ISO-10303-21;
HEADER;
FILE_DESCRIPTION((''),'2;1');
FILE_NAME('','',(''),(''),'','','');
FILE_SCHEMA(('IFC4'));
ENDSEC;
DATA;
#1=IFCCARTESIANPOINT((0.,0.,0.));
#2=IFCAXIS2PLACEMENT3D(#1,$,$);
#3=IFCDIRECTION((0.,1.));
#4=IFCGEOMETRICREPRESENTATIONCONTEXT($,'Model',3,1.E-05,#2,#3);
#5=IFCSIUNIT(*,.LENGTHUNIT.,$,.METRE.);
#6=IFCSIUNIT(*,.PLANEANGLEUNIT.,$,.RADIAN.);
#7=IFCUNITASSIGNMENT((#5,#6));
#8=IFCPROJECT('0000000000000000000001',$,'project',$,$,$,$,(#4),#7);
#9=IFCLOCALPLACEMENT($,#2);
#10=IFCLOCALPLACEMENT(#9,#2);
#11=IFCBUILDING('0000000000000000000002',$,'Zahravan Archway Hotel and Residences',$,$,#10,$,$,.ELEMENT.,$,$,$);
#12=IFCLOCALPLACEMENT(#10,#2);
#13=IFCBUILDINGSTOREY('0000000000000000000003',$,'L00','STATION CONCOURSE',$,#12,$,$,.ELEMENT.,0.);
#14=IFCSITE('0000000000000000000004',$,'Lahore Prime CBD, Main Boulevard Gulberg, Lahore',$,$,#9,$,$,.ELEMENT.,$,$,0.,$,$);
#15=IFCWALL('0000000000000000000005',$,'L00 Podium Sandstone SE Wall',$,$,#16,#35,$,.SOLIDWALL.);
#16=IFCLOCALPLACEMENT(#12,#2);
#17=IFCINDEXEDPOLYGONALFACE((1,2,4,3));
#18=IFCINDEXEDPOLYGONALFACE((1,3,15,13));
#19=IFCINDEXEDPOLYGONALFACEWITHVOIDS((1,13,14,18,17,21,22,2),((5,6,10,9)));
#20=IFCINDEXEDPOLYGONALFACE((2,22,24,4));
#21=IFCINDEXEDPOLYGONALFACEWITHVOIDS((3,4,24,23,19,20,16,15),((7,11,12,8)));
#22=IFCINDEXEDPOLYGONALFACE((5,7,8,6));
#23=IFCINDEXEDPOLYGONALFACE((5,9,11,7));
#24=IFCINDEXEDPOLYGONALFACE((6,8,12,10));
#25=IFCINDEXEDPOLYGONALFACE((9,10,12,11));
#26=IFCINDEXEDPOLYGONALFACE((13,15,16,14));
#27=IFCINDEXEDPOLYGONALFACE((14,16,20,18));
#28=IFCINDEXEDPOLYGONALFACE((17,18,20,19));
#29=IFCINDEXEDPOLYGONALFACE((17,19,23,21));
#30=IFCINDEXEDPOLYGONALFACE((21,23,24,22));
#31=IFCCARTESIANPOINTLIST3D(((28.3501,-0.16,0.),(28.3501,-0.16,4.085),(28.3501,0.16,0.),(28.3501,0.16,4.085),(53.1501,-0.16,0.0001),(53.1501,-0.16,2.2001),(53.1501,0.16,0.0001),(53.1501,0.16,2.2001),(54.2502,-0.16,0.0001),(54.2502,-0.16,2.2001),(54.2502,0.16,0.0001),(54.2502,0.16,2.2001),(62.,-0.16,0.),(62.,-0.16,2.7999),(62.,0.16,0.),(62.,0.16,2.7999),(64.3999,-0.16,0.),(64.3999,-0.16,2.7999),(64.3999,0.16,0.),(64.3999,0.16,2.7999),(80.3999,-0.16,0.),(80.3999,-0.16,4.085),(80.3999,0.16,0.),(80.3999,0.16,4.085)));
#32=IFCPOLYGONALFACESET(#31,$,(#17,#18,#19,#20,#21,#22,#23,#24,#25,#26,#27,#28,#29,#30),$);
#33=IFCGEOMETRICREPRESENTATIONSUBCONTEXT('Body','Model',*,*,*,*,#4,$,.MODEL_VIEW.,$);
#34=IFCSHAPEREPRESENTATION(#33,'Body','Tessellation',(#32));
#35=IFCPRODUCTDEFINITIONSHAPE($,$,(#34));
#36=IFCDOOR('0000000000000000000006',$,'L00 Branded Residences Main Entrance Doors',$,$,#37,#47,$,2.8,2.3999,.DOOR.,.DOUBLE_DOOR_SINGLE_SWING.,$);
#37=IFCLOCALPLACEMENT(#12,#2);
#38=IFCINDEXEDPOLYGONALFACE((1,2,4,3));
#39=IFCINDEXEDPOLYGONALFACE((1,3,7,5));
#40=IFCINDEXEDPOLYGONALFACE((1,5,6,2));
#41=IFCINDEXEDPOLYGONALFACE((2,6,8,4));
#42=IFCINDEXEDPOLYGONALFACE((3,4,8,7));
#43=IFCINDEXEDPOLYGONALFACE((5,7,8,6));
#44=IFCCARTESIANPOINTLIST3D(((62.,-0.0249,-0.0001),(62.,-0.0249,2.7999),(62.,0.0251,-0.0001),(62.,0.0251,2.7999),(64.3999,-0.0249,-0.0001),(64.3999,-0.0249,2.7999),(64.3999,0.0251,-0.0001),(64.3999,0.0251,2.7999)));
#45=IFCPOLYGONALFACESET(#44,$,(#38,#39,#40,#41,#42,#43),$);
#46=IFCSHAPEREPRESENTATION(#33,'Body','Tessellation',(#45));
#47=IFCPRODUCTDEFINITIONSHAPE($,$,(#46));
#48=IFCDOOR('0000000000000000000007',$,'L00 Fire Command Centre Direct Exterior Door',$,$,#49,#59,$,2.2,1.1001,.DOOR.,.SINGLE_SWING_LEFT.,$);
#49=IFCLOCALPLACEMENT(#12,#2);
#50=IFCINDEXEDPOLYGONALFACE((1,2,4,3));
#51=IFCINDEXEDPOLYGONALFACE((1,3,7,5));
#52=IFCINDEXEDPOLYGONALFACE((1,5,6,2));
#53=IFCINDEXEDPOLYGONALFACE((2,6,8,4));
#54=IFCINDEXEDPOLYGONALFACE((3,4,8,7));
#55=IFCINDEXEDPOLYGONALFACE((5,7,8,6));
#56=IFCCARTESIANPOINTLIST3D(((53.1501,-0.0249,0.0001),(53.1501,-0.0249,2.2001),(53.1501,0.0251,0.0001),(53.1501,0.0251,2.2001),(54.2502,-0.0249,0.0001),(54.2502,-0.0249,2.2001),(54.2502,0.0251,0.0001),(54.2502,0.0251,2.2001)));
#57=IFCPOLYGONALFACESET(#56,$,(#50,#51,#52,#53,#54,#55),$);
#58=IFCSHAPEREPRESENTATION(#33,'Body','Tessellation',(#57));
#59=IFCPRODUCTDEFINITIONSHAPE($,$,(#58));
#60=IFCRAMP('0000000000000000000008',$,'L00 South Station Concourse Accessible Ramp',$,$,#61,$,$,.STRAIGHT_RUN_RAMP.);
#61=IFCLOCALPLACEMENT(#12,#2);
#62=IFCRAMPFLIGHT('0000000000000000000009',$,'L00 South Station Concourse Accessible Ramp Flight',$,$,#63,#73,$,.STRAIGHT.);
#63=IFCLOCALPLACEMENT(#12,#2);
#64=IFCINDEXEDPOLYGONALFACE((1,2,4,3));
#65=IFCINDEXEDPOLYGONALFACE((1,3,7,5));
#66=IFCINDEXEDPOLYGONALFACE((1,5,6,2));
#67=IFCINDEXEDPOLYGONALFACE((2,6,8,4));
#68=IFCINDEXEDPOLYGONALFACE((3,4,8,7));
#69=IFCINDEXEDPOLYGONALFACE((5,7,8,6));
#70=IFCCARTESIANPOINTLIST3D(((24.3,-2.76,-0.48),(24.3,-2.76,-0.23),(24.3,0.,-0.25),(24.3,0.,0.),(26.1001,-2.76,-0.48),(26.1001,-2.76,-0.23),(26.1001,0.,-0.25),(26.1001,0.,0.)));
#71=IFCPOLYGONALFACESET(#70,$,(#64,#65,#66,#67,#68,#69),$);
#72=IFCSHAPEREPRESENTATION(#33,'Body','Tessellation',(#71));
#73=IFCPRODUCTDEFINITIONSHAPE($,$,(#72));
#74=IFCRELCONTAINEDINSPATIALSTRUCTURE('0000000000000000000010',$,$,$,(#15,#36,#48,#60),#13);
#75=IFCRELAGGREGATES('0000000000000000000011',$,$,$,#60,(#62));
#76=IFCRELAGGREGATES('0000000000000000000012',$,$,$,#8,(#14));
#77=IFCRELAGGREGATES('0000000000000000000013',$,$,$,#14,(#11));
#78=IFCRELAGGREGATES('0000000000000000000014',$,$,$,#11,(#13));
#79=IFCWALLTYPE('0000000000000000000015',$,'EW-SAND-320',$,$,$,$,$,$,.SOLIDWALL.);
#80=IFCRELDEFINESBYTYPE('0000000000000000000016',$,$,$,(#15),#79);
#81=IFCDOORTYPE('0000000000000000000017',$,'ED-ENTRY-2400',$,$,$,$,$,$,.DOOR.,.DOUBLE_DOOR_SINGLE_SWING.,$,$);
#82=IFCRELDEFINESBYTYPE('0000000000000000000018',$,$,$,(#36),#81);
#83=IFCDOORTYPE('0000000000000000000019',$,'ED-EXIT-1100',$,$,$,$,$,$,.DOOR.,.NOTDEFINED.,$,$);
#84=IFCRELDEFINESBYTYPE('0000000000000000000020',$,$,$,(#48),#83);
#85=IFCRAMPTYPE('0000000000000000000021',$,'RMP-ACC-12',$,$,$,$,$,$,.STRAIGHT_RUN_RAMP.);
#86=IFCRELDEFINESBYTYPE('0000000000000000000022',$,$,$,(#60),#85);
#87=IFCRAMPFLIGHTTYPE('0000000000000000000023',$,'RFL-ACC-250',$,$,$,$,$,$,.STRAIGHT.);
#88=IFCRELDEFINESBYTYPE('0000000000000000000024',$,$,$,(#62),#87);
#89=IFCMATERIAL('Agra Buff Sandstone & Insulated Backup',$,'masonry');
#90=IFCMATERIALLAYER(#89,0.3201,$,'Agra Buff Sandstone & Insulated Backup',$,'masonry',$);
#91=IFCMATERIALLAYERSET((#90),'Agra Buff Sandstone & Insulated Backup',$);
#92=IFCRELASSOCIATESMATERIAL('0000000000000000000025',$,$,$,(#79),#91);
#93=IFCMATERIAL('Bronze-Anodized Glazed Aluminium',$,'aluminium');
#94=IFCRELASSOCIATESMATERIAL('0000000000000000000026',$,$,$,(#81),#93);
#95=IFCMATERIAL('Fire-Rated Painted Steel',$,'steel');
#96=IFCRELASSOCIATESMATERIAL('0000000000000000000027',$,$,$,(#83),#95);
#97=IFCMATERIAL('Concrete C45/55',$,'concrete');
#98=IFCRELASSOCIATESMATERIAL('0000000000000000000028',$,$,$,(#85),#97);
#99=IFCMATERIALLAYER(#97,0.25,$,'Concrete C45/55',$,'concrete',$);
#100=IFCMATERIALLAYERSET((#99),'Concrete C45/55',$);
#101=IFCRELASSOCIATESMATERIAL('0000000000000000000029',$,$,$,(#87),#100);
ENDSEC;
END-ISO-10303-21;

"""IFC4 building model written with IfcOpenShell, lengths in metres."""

from ifc_helpers import new_model, si_unit, direction, frame, frame_2d, origin, place, context, subcontext, project, spatial, polyline, rectangle, outline, extrude, source, transform, mapped, material, layer, layer_set, type_object, type_shapes, element, fill, aggregate, save


model = new_model("IFC4")

# Units and contexts
model_context = context("Model", 3, precision=1e-05, world=origin(), true_north=direction((0.0, 1.0)))
body_context = subcontext(model_context, "Body", "Model", "MODEL_VIEW")
ifc_project = project(units=[si_unit("LENGTHUNIT", "METRE"), si_unit("PLANEANGLEUNIT", "RADIAN")], contexts=[model_context])

# Site, building, storey
site_placement = place(None, origin())
site = spatial("IfcSite", under=ifc_project, at=site_placement, Name="Lahore Prime CBD, Main Boulevard Gulberg, Lahore", CompositionType="ELEMENT", RefElevation=0.0)
building_placement = place(site_placement, origin())
building = spatial("IfcBuilding", under=site, at=building_placement, Name="Zahravan Archway Hotel and Residences", CompositionType="ELEMENT")
storey_placement = place(building_placement, origin())
storey = spatial("IfcBuildingStorey", under=building, at=storey_placement, Name="L00", Description="STATION CONCOURSE", CompositionType="ELEMENT", Elevation=0.0)

# Shared definitions
ifc_material_1 = material(Name="Concrete C45/55", Category="concrete")

# Wall, openings, doors
ifc_material_2 = material(Name="Agra Buff Sandstone & Insulated Backup", Category="masonry")
ifc_layer_1 = layer(ifc_material_2, 0.3201, Name="Agra Buff Sandstone & Insulated Backup", Category="masonry")
ifc_layer_set_1 = layer_set([ifc_layer_1], Name="Agra Buff Sandstone & Insulated Backup")
wall_type = type_object("IfcWallType", Name="EW-SAND-320", PredefinedType="SOLIDWALL", material=ifc_layer_set_1)
wall_placement = place(storey_placement, frame((28.3501, 0.0, 0.0), z_axis=(0.0, 0.0, 1.0), x_axis=(1.0, 0.0, 0.0)))
wall = element("IfcWall", 1, at=wall_placement, inside=storey, type_object=wall_type, Name="L00 Podium Sandstone SE Wall", PredefinedType="SOLIDWALL", context=body_context, shape_type="SweptSolid", body=[
    extrude(rectangle(XDim=52.0498, YDim=0.3201, at=frame_2d((26.0249, 0.0))), origin(), (0.0, 0.0, 1.0), 4.085),
])
opening_1_placement = place(wall_placement, frame((24.8, 0.0, 0.0)))
opening_1 = element("IfcOpeningElement", 2, at=opening_1_placement, cuts=wall, PredefinedType="OPENING", context=body_context, shape_type="SweptSolid", body=[
    extrude(rectangle(XDim=1.1001, YDim=2.2, at=frame_2d((0.55, 1.1001))), frame((0.0, 0.1699, 0.0), z_axis=(0.0, -1.0, 0.0), x_axis=(1.0, 0.0, 0.0)), (0.0, 0.0, 1.0), 0.3401),
])
opening_2_placement = place(wall_placement, frame((33.6499, 0.0, 0.0)))
opening_2 = element("IfcOpeningElement", 3, at=opening_2_placement, cuts=wall, PredefinedType="OPENING", context=body_context, shape_type="SweptSolid", body=[
    extrude(rectangle(XDim=2.3999, YDim=2.8, at=frame_2d((1.2, 1.3999))), frame((0.0, 0.1699, 0.0), z_axis=(0.0, -1.0, 0.0), x_axis=(1.0, 0.0, 0.0)), (0.0, 0.0, 1.0), 0.3401),
])
ifc_material_3 = material(Name="Bronze-Anodized Glazed Aluminium", Category="aluminium")
door_type_1 = type_object("IfcDoorType", Name="ED-ENTRY-2400", OperationType="DOUBLE_DOOR_SINGLE_SWING", PredefinedType="DOOR", material=ifc_material_3)
shared_shape_1 = source(origin(), body_context, "Body", "SweptSolid", [
    extrude(rectangle(XDim=2.3999, YDim=2.8, at=frame_2d((1.2, 1.3999))), frame((0.0, 0.0249, 0.0), z_axis=(0.0, -1.0, 0.0), x_axis=(1.0, 0.0, 0.0)), (0.0, 0.0, 1.0), 0.05),
])
type_shapes(door_type_1, [shared_shape_1])
door_1_placement = place(opening_2_placement, frame((2.3999, 0.0, 0.0), z_axis=(0.0, 0.0, 1.0), x_axis=(-1.0, 0.0, 0.0)))
door_1 = element("IfcDoor", 4, at=door_1_placement, inside=storey, type_object=door_type_1, Name="L00 Branded Residences Main Entrance Doors", OperationType="DOUBLE_DOOR_SINGLE_SWING", OverallHeight=2.8, OverallWidth=2.3999, PredefinedType="DOOR", context=body_context, shape_type="MappedRepresentation", body=[
    mapped(shared_shape_1, transform((0.0, 0.0, 0.0), scale=1.0)),
])
fill(opening_2, door_1)
ifc_material_4 = material(Name="Fire-Rated Painted Steel", Category="steel")
door_type_2 = type_object("IfcDoorType", Name="ED-EXIT-1100", OperationType="NOTDEFINED", PredefinedType="DOOR", material=ifc_material_4)
shared_shape_2 = source(origin(), body_context, "Body", "SweptSolid", [
    extrude(rectangle(XDim=1.1001, YDim=2.2, at=frame_2d((0.55, 1.1001))), frame((0.0, 0.0249, 0.0), z_axis=(0.0, -1.0, 0.0), x_axis=(1.0, 0.0, 0.0)), (0.0, 0.0, 1.0), 0.05),
])
type_shapes(door_type_2, [shared_shape_2])
door_2_placement = place(opening_1_placement, frame((1.1001, 0.0, 0.0), z_axis=(0.0, 0.0, 1.0), x_axis=(-1.0, 0.0, 0.0)))
door_2 = element("IfcDoor", 5, at=door_2_placement, inside=storey, type_object=door_type_2, Name="L00 Fire Command Centre Direct Exterior Door", OperationType="SINGLE_SWING_LEFT", OverallHeight=2.2, OverallWidth=1.1001, PredefinedType="DOOR", context=body_context, shape_type="MappedRepresentation", body=[
    mapped(shared_shape_2, transform((0.0, 0.0, 0.0), scale=1.0)),
])
fill(opening_1, door_2)

# Ramp, ramp flight
ramp_type = type_object("IfcRampType", Name="RMP-ACC-12", PredefinedType="STRAIGHT_RUN_RAMP", material=ifc_material_1)
ramp_placement = place(storey_placement, origin())
ramp = element("IfcRamp", 6, at=ramp_placement, inside=storey, type_object=ramp_type, Name="L00 South Station Concourse Accessible Ramp", PredefinedType="STRAIGHT_RUN_RAMP")
ifc_layer_2 = layer(ifc_material_1, 0.25, Name="Concrete C45/55", Category="concrete")
ifc_layer_set_2 = layer_set([ifc_layer_2], Name="Concrete C45/55")
ramp_flight_type = type_object("IfcRampFlightType", Name="RFL-ACC-250", PredefinedType="STRAIGHT", material=ifc_layer_set_2)
ramp_flight_placement = place(storey_placement, frame((24.3, -2.76, -0.23), z_axis=(1.0, 0.0, 0.0), x_axis=(0.0, 1.0, 0.0)))
ramp_flight = element("IfcRampFlight", 7, at=ramp_flight_placement, type_object=ramp_flight_type, Name="L00 South Station Concourse Accessible Ramp Flight", PredefinedType="STRAIGHT", context=body_context, shape_type="SweptSolid", body=[
    extrude(outline(polyline([(0.0, 0.0), (2.76, 0.23), (2.76, -0.02), (0.0, -0.25), (0.0, 0.0)])), origin(), (0.0, 0.0, 1.0), 1.8),
])
aggregate(ramp, [ramp_flight])

save(model, "model.ifc")
